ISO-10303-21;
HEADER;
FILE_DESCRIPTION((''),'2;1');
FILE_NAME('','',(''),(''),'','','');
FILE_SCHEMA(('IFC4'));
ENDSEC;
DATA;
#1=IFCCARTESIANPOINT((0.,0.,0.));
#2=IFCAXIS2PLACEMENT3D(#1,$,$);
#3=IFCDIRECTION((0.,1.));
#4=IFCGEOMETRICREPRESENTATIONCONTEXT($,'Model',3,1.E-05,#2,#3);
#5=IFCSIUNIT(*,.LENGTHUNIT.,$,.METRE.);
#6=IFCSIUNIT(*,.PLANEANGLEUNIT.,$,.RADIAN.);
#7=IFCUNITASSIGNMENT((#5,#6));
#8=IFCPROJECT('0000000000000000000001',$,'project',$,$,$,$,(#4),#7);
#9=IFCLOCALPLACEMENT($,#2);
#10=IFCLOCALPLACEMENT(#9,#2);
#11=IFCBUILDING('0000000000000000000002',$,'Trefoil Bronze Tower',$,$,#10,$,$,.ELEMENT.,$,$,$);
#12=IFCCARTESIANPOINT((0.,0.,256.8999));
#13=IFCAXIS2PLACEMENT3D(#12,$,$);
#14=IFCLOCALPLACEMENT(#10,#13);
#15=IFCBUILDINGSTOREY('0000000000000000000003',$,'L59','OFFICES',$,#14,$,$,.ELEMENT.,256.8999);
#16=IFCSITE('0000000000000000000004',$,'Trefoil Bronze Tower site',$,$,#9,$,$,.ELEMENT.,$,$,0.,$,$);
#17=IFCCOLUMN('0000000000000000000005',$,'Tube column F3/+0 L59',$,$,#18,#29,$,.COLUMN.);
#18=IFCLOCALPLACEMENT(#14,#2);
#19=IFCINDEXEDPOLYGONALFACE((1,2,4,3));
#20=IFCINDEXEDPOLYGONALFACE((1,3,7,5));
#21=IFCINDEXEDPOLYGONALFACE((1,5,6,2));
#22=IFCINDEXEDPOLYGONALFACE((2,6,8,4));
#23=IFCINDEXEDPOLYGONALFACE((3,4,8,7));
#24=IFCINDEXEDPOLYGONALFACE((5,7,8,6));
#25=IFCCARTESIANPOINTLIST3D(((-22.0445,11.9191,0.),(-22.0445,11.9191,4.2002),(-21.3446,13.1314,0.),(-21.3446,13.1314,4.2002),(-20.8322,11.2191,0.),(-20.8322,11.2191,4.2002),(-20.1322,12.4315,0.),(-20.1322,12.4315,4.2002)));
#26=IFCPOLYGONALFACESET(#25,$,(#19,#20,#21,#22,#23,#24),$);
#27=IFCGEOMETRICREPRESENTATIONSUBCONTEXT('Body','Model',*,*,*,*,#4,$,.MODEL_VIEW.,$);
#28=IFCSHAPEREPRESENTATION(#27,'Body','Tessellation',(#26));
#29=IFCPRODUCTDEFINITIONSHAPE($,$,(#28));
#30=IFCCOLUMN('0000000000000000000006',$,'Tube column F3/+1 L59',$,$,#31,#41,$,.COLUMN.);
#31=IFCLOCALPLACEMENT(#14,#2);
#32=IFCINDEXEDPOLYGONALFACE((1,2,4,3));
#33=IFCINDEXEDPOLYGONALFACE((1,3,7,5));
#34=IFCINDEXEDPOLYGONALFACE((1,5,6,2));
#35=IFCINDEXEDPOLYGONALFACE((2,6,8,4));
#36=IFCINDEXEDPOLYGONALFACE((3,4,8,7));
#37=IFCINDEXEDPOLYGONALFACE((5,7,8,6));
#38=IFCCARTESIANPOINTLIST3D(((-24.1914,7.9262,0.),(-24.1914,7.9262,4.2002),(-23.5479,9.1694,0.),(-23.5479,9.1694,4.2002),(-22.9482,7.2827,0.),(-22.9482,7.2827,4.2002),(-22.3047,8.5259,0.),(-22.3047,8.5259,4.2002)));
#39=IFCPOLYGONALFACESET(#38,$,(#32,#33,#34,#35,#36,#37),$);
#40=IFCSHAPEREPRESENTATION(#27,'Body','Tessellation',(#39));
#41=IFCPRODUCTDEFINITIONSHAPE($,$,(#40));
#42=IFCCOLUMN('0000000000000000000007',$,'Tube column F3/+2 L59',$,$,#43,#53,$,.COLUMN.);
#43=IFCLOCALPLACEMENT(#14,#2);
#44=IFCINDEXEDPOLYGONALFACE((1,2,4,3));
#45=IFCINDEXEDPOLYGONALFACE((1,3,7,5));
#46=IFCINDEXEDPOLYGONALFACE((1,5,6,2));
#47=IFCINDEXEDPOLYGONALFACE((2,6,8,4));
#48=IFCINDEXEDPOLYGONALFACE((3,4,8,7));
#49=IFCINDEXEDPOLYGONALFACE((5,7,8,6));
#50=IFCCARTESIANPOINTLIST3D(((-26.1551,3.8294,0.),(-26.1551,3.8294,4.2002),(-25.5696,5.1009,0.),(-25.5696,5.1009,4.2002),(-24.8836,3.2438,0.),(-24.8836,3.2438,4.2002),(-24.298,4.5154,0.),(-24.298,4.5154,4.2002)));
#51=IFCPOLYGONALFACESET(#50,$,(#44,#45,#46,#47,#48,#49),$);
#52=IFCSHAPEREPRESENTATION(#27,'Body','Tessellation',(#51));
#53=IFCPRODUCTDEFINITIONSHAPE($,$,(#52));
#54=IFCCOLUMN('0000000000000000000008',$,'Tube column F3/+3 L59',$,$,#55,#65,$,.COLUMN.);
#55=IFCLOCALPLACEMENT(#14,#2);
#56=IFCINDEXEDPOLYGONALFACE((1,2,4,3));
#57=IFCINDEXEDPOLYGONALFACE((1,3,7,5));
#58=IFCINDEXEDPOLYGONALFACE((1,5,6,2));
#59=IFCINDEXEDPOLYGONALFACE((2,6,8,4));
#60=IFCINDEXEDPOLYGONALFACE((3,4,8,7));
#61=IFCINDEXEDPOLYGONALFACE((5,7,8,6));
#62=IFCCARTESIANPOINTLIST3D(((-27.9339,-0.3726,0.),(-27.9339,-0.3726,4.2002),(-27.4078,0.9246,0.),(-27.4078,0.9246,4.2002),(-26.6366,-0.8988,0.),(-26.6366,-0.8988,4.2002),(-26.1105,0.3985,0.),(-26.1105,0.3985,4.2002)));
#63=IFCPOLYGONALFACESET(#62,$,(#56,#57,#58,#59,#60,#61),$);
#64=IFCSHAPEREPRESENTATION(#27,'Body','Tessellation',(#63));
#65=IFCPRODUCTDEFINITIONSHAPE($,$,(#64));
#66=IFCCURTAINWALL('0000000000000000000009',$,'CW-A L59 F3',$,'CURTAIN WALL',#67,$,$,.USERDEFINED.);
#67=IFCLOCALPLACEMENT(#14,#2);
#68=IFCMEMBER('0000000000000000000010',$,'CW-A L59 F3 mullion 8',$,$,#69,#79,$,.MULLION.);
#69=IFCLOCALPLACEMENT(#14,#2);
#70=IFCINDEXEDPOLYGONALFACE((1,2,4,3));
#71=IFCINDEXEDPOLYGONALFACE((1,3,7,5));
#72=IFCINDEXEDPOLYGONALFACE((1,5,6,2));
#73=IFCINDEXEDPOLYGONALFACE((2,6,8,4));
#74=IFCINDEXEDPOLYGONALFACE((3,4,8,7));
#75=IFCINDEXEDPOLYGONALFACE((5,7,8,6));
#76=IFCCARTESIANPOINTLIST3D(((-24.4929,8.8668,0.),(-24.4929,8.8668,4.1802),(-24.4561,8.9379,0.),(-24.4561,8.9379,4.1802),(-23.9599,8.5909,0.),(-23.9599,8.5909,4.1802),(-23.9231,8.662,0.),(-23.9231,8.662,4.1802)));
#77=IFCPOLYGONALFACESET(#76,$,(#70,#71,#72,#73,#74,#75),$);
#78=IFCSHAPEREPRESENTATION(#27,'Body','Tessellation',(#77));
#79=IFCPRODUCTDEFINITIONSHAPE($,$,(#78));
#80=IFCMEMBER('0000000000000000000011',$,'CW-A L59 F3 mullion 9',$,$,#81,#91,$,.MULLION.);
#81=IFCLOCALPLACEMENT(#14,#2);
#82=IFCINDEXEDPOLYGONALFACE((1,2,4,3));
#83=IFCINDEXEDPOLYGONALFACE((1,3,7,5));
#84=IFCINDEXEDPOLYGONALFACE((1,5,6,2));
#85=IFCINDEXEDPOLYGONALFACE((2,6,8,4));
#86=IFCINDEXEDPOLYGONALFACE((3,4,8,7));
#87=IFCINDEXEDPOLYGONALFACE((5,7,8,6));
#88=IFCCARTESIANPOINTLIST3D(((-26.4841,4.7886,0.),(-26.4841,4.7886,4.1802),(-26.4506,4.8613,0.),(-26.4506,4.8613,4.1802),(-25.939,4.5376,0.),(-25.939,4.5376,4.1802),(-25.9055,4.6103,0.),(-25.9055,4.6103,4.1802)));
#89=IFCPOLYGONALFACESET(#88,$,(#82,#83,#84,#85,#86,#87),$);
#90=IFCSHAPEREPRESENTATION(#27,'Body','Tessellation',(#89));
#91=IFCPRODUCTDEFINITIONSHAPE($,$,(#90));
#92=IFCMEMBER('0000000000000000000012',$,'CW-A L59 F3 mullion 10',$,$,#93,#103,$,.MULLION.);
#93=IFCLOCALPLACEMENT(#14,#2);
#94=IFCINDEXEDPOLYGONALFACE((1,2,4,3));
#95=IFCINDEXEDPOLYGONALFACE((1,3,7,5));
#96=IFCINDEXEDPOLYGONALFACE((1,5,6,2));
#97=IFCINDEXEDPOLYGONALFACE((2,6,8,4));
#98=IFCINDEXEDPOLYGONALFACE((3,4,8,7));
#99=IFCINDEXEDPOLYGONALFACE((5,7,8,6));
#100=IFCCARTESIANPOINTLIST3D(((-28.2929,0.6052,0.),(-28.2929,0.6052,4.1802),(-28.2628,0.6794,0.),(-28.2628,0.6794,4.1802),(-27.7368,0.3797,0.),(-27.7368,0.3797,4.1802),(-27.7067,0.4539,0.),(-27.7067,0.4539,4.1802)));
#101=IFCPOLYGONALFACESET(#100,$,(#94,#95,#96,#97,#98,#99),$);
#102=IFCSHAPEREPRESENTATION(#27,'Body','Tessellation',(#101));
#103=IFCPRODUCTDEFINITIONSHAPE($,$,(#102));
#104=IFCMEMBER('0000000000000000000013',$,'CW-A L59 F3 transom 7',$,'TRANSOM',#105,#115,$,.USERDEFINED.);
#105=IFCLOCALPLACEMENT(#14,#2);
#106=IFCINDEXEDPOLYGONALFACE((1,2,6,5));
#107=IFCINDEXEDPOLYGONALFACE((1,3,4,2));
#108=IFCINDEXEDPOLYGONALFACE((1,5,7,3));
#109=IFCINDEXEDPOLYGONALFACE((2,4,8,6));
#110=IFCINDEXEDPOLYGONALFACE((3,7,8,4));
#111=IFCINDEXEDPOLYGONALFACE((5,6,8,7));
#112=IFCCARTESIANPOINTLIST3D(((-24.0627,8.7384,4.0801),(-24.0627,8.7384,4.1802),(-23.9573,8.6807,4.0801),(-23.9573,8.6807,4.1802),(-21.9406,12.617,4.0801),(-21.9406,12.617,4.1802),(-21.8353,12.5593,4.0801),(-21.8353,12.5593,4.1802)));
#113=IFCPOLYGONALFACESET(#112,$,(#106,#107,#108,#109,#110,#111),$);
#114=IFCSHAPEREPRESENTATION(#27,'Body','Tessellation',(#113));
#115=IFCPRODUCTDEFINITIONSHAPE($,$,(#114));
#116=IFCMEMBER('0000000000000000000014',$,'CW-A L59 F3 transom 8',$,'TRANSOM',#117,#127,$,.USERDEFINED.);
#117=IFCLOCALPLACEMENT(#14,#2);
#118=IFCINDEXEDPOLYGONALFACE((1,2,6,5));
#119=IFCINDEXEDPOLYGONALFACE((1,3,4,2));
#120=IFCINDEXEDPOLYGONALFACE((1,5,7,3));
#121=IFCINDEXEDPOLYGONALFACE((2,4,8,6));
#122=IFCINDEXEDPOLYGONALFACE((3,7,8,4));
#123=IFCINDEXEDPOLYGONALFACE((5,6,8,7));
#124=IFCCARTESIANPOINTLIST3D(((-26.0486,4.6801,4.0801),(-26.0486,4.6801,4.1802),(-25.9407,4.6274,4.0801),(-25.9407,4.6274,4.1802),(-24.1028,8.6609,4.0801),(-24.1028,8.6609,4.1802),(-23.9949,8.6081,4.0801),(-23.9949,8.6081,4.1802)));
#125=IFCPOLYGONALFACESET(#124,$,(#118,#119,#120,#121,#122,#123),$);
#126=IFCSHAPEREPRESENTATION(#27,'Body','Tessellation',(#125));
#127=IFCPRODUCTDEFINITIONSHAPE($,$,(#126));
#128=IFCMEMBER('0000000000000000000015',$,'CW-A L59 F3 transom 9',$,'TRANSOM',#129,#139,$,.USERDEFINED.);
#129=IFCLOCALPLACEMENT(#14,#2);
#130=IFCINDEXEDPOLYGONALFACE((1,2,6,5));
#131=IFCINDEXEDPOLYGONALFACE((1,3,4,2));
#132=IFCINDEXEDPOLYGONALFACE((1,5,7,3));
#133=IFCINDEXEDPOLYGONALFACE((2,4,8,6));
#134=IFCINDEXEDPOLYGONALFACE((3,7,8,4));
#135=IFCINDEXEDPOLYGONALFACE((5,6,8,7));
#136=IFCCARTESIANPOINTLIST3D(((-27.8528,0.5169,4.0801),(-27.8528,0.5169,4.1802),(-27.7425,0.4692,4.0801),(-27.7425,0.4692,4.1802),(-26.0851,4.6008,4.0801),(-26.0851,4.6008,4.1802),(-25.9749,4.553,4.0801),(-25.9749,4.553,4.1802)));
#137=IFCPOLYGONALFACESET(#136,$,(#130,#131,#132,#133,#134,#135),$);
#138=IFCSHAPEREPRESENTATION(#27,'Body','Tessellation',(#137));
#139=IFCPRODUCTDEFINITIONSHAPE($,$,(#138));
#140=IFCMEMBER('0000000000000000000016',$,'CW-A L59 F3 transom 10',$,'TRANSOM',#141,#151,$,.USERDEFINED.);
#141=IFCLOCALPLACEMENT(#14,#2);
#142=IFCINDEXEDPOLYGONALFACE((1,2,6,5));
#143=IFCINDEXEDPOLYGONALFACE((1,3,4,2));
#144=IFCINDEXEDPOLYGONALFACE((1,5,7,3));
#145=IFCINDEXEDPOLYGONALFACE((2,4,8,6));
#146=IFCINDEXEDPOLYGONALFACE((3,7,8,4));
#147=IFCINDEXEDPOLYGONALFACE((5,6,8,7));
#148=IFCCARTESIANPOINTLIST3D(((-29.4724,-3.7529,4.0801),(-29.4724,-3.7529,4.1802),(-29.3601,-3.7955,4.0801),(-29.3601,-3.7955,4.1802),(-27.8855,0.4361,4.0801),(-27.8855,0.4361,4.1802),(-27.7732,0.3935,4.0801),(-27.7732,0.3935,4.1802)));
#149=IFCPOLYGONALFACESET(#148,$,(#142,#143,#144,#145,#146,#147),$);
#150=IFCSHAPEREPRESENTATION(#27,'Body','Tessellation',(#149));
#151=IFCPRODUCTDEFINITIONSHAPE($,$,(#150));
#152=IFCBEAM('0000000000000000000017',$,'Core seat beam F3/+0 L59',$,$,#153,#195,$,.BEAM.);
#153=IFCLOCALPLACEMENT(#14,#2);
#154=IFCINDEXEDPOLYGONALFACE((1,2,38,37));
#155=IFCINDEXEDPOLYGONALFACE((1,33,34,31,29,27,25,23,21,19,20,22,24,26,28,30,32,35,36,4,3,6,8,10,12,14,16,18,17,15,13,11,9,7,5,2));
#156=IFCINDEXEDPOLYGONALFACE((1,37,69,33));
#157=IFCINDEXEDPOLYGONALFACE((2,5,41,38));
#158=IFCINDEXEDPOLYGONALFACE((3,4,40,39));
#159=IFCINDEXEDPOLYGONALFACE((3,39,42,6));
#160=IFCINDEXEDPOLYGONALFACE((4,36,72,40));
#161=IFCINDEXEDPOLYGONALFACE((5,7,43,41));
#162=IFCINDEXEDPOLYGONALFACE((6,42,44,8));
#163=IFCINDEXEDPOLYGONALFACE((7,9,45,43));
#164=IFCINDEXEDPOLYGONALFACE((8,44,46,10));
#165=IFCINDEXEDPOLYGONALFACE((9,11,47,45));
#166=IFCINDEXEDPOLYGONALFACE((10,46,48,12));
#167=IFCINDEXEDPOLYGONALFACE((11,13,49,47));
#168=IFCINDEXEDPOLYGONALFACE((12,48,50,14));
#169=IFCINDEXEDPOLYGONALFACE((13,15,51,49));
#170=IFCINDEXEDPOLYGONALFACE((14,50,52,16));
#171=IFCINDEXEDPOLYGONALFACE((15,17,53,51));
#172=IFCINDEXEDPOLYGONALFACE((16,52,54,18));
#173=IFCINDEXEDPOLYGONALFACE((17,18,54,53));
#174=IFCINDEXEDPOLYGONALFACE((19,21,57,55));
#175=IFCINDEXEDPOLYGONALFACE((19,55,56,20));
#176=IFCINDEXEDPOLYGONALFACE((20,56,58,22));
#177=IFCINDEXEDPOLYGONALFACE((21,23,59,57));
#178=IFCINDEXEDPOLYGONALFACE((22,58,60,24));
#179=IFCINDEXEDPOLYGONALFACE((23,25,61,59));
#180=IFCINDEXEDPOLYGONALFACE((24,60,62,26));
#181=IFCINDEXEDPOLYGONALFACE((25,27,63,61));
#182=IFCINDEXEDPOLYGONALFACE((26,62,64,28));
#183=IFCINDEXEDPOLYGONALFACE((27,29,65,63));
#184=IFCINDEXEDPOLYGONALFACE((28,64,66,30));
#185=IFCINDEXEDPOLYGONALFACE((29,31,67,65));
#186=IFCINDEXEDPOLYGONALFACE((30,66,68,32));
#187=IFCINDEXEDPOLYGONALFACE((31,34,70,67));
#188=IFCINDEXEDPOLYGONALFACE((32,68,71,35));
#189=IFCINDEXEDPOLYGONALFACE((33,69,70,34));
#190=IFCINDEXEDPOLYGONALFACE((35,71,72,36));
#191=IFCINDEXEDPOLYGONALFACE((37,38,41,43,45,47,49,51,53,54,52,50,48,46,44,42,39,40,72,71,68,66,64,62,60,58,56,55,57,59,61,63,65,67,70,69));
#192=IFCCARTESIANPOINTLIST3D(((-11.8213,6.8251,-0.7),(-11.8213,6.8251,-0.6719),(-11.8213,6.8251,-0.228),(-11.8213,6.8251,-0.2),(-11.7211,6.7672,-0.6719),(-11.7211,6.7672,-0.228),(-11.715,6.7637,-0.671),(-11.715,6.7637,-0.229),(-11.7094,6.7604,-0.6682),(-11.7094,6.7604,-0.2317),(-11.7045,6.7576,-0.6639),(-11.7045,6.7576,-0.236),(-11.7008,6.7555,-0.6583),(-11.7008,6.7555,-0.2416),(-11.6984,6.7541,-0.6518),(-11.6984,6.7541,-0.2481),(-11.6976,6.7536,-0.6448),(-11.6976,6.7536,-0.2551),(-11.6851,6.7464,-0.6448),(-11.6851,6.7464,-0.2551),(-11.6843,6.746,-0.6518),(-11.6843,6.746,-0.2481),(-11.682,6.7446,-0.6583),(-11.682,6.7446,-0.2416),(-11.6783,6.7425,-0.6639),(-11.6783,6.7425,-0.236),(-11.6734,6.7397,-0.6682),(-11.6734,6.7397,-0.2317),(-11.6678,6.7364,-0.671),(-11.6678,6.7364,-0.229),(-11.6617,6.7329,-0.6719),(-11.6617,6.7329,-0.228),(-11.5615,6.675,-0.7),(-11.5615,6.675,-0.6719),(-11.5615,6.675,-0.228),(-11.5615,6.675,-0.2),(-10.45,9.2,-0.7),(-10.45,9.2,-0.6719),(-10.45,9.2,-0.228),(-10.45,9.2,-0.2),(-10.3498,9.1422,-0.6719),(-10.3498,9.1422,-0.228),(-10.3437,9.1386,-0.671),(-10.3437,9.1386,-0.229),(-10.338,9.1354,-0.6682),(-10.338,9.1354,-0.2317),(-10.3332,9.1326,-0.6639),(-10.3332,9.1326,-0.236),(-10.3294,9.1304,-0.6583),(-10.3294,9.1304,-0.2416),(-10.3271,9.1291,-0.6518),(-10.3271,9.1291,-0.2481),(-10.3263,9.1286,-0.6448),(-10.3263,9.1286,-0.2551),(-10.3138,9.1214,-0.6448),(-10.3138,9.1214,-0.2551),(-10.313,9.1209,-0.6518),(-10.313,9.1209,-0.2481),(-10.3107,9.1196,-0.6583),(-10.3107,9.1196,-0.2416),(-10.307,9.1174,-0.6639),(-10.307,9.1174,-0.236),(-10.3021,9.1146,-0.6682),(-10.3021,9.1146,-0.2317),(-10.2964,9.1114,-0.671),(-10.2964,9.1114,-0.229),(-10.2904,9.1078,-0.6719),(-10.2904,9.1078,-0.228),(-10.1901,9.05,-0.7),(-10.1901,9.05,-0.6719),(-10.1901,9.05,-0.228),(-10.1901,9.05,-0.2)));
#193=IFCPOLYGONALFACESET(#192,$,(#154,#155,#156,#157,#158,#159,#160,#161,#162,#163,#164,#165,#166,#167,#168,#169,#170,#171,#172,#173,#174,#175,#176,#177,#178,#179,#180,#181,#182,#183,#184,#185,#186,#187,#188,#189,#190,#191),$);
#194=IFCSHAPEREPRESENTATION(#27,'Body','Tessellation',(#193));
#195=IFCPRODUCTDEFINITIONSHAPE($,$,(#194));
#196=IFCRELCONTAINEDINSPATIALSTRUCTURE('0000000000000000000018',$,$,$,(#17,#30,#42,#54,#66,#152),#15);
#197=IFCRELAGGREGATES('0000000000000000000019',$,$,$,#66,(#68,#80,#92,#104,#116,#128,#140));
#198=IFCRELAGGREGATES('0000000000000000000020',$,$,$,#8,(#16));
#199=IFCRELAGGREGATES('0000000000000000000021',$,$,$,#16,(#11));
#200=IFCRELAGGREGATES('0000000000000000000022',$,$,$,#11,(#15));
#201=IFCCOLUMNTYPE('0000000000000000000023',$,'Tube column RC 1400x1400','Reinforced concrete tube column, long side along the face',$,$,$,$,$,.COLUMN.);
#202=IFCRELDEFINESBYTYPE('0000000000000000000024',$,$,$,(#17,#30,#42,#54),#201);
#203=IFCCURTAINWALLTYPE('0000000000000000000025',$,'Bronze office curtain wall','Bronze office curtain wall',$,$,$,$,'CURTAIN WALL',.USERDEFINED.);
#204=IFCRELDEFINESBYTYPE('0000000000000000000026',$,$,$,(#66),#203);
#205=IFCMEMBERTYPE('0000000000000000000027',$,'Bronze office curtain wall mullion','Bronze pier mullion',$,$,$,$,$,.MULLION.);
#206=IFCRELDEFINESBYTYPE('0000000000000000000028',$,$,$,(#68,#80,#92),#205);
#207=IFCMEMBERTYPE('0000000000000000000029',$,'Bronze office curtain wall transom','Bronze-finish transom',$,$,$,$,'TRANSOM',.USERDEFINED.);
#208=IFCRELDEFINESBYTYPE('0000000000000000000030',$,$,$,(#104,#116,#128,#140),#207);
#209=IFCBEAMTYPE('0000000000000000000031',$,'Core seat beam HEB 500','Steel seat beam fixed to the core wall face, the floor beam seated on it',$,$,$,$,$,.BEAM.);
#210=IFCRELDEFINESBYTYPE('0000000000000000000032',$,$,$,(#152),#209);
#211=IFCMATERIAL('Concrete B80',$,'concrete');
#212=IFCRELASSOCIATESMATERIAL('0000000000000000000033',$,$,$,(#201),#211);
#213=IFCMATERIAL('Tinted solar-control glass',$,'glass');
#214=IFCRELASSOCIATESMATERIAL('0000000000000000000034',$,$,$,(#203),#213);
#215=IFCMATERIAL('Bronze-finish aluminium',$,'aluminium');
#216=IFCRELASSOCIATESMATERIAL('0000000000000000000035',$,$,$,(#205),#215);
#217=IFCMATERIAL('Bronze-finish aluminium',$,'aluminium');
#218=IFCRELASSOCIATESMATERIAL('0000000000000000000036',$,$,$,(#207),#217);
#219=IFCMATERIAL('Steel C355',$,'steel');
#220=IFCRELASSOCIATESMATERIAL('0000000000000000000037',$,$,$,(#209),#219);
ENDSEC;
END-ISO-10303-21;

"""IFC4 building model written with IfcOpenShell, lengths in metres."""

from ifc_helpers import new_model, si_unit, direction, frame, origin, origin_2d, place, context, subcontext, project, spatial, rectangle, i_section, extrude, material, material_profile, profile_set, type_object, element, aggregate, save


model = new_model("IFC4")

# Units and contexts
model_context = context("Model", 3, precision=1e-05, world=origin(), true_north=direction((0.0, 1.0)))
body_context = subcontext(model_context, "Body", "Model", "MODEL_VIEW")
ifc_project = project(units=[si_unit("LENGTHUNIT", "METRE"), si_unit("PLANEANGLEUNIT", "RADIAN")], contexts=[model_context])

# Site, building, storey
site_placement = place(None, origin())
site = spatial("IfcSite", under=ifc_project, at=site_placement, Name="Trefoil Bronze Tower site", CompositionType="ELEMENT", RefElevation=0.0)
building_placement = place(site_placement, origin())
building = spatial("IfcBuilding", under=site, at=building_placement, Name="Trefoil Bronze Tower", CompositionType="ELEMENT")
storey_placement = place(building_placement, frame((0.0, 0.0, 256.8999)))
storey = spatial("IfcBuildingStorey", under=building, at=storey_placement, Name="L59", Description="OFFICES", CompositionType="ELEMENT", Elevation=256.8999)

# Columns
ifc_material_1 = material(Name="Concrete B80", Category="concrete")
ifc_material_profile_1 = material_profile(ifc_material_1, rectangle(XDim=1.3999, YDim=1.3999, at=origin_2d()), Name="RC 1400x1400")
ifc_profile_set_1 = profile_set([ifc_material_profile_1], Name="Concrete B80")
column_type = type_object("IfcColumnType", Name="Tube column RC 1400x1400", Description="Reinforced concrete tube column, long side along the face", PredefinedType="COLUMN", material=ifc_profile_set_1)
for number, where, z_axis, x_axis, name in (
    (1, (-21.0884, 12.1753, 0.0), (0.0, 0.0, 1.0), (-0.5, -0.866025, 0.0), "Tube column F3/+0 L59"),
    (2, (-23.248, 8.2261, 0.0), (0.0, 0.0, 1.0), (-0.459673, -0.888088, 0.0), "Tube column F3/+1 L59"),
    (3, (-25.2266, 4.1724, 0.0), (0.0, 0.0, 1.0), (-0.418286, -0.908315, 0.0), "Tube column F3/+2 L59"),
    (4, (-27.0222, 0.0129, 0.0), (0.0, 0.0, 1.0), (-0.375828, -0.926689, 0.0), "Tube column F3/+3 L59"),
):
    element("IfcColumn", number, at=place(storey_placement, frame(where, z_axis=z_axis, x_axis=x_axis)), inside=storey, type_object=column_type, Name=name, PredefinedType="COLUMN", context=body_context, shape_type="SweptSolid", body=[
        extrude(rectangle(XDim=1.3999, YDim=1.3999, at=origin_2d()), origin(), (0.0, 0.0, 1.0), 4.2002),
    ])

# Curtain wall, members
ifc_material_2 = material(Name="Tinted solar-control glass", Category="glass")
curtain_wall_type = type_object("IfcCurtainWallType", Name="Bronze office curtain wall", Description="Bronze office curtain wall", ElementType="CURTAIN WALL", PredefinedType="USERDEFINED", material=ifc_material_2)
curtain_wall_placement = place(storey_placement, origin())
curtain_wall = element("IfcCurtainWall", 5, at=curtain_wall_placement, inside=storey, type_object=curtain_wall_type, Name="CW-A L59 F3", ObjectType="CURTAIN WALL", PredefinedType="USERDEFINED")
ifc_material_3 = material(Name="Bronze-finish aluminium", Category="aluminium")
ifc_material_profile_2 = material_profile(ifc_material_3, rectangle(XDim=0.6001, YDim=0.0801, at=origin_2d()), Name="CW-A mullion")
ifc_profile_set_2 = profile_set([ifc_material_profile_2], Name="Bronze-finish aluminium")
member_type_1 = type_object("IfcMemberType", Name="Bronze office curtain wall mullion", Description="Bronze pier mullion", PredefinedType="MULLION", material=ifc_profile_set_2)
member_1_placement = place(storey_placement, frame((-24.208, 8.7644, 0.0), z_axis=(0.0, 0.0, 1.0), x_axis=(0.888088, -0.459673, 0.0)))
member_1 = element("IfcMember", 6, at=member_1_placement, type_object=member_type_1, Name="CW-A L59 F3 mullion 8", PredefinedType="MULLION", context=body_context, shape_type="SweptSolid", body=[
    extrude(rectangle(XDim=0.6001, YDim=0.0801, at=origin_2d()), origin(), (0.0, 0.0, 1.0), 4.1802),
])
member_2_placement = place(storey_placement, frame((-26.1948, 4.6995, 0.0), z_axis=(0.0, 0.0, 1.0), x_axis=(0.908315, -0.418286, 0.0)))
member_2 = element("IfcMember", 7, at=member_2_placement, type_object=member_type_1, Name="CW-A L59 F3 mullion 9", PredefinedType="MULLION", context=body_context, shape_type="SweptSolid", body=[
    extrude(rectangle(XDim=0.6001, YDim=0.0801, at=origin_2d()), origin(), (0.0, 0.0, 1.0), 4.1802),
])
member_3_placement = place(storey_placement, frame((-27.9998, 0.5295, 0.0), z_axis=(0.0, 0.0, 1.0), x_axis=(0.926689, -0.375828, 0.0)))
member_3 = element("IfcMember", 8, at=member_3_placement, type_object=member_type_1, Name="CW-A L59 F3 mullion 10", PredefinedType="MULLION", context=body_context, shape_type="SweptSolid", body=[
    extrude(rectangle(XDim=0.6001, YDim=0.0801, at=origin_2d()), origin(), (0.0, 0.0, 1.0), 4.1802),
])
ifc_material_4 = material(Name="Bronze-finish aluminium", Category="aluminium")
ifc_material_profile_3 = material_profile(ifc_material_4, rectangle(XDim=0.1201, YDim=0.1001, at=origin_2d()), Name="CW-A transom")
ifc_profile_set_3 = profile_set([ifc_material_profile_3], Name="Bronze-finish aluminium")
member_type_2 = type_object("IfcMemberType", Name="Bronze office curtain wall transom", Description="Bronze-finish transom", ElementType="TRANSOM", PredefinedType="USERDEFINED", material=ifc_profile_set_3)
member_4_placement = place(storey_placement, frame((-21.8879, 12.5881, 4.1301), z_axis=(-0.479974, -0.877283, 0.0), x_axis=(0.877283, -0.479974, 0.0)))
member_4 = element("IfcMember", 9, at=member_4_placement, type_object=member_type_2, Name="CW-A L59 F3 transom 7", ObjectType="TRANSOM", PredefinedType="USERDEFINED", context=body_context, shape_type="SweptSolid", body=[
    extrude(rectangle(XDim=0.1201, YDim=0.1001, at=origin_2d()), origin(), (0.0, 0.0, 1.0), 4.4211),
])
member_5_placement = place(storey_placement, frame((-24.0488, 8.6345, 4.1301), z_axis=(-0.439151, -0.898413, 0.0), x_axis=(0.898413, -0.439151, 0.0)))
member_5 = element("IfcMember", 10, at=member_5_placement, type_object=member_type_2, Name="CW-A L59 F3 transom 8", ObjectType="TRANSOM", PredefinedType="USERDEFINED", context=body_context, shape_type="SweptSolid", body=[
    extrude(rectangle(XDim=0.1201, YDim=0.1001, at=origin_2d()), origin(), (0.0, 0.0, 1.0), 4.4309),
])
member_6_placement = place(storey_placement, frame((-26.03, 4.5769, 4.1301), z_axis=(-0.397221, -0.917723, 0.0), x_axis=(0.917723, -0.397221, 0.0)))
member_6 = element("IfcMember", 11, at=member_6_placement, type_object=member_type_2, Name="CW-A L59 F3 transom 9", ObjectType="TRANSOM", PredefinedType="USERDEFINED", context=body_context, shape_type="SweptSolid", body=[
    extrude(rectangle(XDim=0.1201, YDim=0.1001, at=origin_2d()), origin(), (0.0, 0.0, 1.0), 4.45),
])
member_7_placement = place(storey_placement, frame((-27.8293, 0.4148, 4.1301), z_axis=(-0.354263, -0.935146, 0.0), x_axis=(0.935146, -0.354263, 0.0)))
member_7 = element("IfcMember", 12, at=member_7_placement, type_object=member_type_2, Name="CW-A L59 F3 transom 10", ObjectType="TRANSOM", PredefinedType="USERDEFINED", context=body_context, shape_type="SweptSolid", body=[
    extrude(rectangle(XDim=0.1201, YDim=0.1001, at=origin_2d()), origin(), (0.0, 0.0, 1.0), 4.4795),
])

# Beam
ifc_material_5 = material(Name="Steel C355", Category="steel")
ifc_material_profile_4 = material_profile(ifc_material_5, i_section(OverallWidth=0.3, OverallDepth=0.5, WebThickness=0.0144, FlangeThickness=0.0281, FilletRadius=0.0271, at=origin_2d()), Name="HEB 500")
ifc_profile_set_4 = profile_set([ifc_material_profile_4], Name="Steel C355")
beam_type_1 = type_object("IfcBeamType", Name="Core seat beam HEB 500", Description="Steel seat beam fixed to the core wall face, the floor beam seated on it", PredefinedType="BEAM", material=ifc_profile_set_4)
for number, where, z_axis, x_axis, name in (
    (13, (-10.3201, 9.125, -0.45), (-0.500036, -0.866005, 0.0), (0.866005, -0.500036, 0.0), "Core seat beam F3/+0 L59"),
):
    element("IfcBeam", number, at=place(storey_placement, frame(where, z_axis=z_axis, x_axis=x_axis)), inside=storey, type_object=beam_type_1, Name=name, PredefinedType="BEAM", context=body_context, shape_type="SweptSolid", body=[
        extrude(i_section(OverallWidth=0.3, OverallDepth=0.5, WebThickness=0.0144, FlangeThickness=0.0281, FilletRadius=0.0271, at=origin_2d()), origin(), (0.0, 0.0, 1.0), 2.7424),
    ])

aggregate(curtain_wall, [member_1, member_2, member_3, member_4, member_5, member_6, member_7])

save(model, "model.ifc")
